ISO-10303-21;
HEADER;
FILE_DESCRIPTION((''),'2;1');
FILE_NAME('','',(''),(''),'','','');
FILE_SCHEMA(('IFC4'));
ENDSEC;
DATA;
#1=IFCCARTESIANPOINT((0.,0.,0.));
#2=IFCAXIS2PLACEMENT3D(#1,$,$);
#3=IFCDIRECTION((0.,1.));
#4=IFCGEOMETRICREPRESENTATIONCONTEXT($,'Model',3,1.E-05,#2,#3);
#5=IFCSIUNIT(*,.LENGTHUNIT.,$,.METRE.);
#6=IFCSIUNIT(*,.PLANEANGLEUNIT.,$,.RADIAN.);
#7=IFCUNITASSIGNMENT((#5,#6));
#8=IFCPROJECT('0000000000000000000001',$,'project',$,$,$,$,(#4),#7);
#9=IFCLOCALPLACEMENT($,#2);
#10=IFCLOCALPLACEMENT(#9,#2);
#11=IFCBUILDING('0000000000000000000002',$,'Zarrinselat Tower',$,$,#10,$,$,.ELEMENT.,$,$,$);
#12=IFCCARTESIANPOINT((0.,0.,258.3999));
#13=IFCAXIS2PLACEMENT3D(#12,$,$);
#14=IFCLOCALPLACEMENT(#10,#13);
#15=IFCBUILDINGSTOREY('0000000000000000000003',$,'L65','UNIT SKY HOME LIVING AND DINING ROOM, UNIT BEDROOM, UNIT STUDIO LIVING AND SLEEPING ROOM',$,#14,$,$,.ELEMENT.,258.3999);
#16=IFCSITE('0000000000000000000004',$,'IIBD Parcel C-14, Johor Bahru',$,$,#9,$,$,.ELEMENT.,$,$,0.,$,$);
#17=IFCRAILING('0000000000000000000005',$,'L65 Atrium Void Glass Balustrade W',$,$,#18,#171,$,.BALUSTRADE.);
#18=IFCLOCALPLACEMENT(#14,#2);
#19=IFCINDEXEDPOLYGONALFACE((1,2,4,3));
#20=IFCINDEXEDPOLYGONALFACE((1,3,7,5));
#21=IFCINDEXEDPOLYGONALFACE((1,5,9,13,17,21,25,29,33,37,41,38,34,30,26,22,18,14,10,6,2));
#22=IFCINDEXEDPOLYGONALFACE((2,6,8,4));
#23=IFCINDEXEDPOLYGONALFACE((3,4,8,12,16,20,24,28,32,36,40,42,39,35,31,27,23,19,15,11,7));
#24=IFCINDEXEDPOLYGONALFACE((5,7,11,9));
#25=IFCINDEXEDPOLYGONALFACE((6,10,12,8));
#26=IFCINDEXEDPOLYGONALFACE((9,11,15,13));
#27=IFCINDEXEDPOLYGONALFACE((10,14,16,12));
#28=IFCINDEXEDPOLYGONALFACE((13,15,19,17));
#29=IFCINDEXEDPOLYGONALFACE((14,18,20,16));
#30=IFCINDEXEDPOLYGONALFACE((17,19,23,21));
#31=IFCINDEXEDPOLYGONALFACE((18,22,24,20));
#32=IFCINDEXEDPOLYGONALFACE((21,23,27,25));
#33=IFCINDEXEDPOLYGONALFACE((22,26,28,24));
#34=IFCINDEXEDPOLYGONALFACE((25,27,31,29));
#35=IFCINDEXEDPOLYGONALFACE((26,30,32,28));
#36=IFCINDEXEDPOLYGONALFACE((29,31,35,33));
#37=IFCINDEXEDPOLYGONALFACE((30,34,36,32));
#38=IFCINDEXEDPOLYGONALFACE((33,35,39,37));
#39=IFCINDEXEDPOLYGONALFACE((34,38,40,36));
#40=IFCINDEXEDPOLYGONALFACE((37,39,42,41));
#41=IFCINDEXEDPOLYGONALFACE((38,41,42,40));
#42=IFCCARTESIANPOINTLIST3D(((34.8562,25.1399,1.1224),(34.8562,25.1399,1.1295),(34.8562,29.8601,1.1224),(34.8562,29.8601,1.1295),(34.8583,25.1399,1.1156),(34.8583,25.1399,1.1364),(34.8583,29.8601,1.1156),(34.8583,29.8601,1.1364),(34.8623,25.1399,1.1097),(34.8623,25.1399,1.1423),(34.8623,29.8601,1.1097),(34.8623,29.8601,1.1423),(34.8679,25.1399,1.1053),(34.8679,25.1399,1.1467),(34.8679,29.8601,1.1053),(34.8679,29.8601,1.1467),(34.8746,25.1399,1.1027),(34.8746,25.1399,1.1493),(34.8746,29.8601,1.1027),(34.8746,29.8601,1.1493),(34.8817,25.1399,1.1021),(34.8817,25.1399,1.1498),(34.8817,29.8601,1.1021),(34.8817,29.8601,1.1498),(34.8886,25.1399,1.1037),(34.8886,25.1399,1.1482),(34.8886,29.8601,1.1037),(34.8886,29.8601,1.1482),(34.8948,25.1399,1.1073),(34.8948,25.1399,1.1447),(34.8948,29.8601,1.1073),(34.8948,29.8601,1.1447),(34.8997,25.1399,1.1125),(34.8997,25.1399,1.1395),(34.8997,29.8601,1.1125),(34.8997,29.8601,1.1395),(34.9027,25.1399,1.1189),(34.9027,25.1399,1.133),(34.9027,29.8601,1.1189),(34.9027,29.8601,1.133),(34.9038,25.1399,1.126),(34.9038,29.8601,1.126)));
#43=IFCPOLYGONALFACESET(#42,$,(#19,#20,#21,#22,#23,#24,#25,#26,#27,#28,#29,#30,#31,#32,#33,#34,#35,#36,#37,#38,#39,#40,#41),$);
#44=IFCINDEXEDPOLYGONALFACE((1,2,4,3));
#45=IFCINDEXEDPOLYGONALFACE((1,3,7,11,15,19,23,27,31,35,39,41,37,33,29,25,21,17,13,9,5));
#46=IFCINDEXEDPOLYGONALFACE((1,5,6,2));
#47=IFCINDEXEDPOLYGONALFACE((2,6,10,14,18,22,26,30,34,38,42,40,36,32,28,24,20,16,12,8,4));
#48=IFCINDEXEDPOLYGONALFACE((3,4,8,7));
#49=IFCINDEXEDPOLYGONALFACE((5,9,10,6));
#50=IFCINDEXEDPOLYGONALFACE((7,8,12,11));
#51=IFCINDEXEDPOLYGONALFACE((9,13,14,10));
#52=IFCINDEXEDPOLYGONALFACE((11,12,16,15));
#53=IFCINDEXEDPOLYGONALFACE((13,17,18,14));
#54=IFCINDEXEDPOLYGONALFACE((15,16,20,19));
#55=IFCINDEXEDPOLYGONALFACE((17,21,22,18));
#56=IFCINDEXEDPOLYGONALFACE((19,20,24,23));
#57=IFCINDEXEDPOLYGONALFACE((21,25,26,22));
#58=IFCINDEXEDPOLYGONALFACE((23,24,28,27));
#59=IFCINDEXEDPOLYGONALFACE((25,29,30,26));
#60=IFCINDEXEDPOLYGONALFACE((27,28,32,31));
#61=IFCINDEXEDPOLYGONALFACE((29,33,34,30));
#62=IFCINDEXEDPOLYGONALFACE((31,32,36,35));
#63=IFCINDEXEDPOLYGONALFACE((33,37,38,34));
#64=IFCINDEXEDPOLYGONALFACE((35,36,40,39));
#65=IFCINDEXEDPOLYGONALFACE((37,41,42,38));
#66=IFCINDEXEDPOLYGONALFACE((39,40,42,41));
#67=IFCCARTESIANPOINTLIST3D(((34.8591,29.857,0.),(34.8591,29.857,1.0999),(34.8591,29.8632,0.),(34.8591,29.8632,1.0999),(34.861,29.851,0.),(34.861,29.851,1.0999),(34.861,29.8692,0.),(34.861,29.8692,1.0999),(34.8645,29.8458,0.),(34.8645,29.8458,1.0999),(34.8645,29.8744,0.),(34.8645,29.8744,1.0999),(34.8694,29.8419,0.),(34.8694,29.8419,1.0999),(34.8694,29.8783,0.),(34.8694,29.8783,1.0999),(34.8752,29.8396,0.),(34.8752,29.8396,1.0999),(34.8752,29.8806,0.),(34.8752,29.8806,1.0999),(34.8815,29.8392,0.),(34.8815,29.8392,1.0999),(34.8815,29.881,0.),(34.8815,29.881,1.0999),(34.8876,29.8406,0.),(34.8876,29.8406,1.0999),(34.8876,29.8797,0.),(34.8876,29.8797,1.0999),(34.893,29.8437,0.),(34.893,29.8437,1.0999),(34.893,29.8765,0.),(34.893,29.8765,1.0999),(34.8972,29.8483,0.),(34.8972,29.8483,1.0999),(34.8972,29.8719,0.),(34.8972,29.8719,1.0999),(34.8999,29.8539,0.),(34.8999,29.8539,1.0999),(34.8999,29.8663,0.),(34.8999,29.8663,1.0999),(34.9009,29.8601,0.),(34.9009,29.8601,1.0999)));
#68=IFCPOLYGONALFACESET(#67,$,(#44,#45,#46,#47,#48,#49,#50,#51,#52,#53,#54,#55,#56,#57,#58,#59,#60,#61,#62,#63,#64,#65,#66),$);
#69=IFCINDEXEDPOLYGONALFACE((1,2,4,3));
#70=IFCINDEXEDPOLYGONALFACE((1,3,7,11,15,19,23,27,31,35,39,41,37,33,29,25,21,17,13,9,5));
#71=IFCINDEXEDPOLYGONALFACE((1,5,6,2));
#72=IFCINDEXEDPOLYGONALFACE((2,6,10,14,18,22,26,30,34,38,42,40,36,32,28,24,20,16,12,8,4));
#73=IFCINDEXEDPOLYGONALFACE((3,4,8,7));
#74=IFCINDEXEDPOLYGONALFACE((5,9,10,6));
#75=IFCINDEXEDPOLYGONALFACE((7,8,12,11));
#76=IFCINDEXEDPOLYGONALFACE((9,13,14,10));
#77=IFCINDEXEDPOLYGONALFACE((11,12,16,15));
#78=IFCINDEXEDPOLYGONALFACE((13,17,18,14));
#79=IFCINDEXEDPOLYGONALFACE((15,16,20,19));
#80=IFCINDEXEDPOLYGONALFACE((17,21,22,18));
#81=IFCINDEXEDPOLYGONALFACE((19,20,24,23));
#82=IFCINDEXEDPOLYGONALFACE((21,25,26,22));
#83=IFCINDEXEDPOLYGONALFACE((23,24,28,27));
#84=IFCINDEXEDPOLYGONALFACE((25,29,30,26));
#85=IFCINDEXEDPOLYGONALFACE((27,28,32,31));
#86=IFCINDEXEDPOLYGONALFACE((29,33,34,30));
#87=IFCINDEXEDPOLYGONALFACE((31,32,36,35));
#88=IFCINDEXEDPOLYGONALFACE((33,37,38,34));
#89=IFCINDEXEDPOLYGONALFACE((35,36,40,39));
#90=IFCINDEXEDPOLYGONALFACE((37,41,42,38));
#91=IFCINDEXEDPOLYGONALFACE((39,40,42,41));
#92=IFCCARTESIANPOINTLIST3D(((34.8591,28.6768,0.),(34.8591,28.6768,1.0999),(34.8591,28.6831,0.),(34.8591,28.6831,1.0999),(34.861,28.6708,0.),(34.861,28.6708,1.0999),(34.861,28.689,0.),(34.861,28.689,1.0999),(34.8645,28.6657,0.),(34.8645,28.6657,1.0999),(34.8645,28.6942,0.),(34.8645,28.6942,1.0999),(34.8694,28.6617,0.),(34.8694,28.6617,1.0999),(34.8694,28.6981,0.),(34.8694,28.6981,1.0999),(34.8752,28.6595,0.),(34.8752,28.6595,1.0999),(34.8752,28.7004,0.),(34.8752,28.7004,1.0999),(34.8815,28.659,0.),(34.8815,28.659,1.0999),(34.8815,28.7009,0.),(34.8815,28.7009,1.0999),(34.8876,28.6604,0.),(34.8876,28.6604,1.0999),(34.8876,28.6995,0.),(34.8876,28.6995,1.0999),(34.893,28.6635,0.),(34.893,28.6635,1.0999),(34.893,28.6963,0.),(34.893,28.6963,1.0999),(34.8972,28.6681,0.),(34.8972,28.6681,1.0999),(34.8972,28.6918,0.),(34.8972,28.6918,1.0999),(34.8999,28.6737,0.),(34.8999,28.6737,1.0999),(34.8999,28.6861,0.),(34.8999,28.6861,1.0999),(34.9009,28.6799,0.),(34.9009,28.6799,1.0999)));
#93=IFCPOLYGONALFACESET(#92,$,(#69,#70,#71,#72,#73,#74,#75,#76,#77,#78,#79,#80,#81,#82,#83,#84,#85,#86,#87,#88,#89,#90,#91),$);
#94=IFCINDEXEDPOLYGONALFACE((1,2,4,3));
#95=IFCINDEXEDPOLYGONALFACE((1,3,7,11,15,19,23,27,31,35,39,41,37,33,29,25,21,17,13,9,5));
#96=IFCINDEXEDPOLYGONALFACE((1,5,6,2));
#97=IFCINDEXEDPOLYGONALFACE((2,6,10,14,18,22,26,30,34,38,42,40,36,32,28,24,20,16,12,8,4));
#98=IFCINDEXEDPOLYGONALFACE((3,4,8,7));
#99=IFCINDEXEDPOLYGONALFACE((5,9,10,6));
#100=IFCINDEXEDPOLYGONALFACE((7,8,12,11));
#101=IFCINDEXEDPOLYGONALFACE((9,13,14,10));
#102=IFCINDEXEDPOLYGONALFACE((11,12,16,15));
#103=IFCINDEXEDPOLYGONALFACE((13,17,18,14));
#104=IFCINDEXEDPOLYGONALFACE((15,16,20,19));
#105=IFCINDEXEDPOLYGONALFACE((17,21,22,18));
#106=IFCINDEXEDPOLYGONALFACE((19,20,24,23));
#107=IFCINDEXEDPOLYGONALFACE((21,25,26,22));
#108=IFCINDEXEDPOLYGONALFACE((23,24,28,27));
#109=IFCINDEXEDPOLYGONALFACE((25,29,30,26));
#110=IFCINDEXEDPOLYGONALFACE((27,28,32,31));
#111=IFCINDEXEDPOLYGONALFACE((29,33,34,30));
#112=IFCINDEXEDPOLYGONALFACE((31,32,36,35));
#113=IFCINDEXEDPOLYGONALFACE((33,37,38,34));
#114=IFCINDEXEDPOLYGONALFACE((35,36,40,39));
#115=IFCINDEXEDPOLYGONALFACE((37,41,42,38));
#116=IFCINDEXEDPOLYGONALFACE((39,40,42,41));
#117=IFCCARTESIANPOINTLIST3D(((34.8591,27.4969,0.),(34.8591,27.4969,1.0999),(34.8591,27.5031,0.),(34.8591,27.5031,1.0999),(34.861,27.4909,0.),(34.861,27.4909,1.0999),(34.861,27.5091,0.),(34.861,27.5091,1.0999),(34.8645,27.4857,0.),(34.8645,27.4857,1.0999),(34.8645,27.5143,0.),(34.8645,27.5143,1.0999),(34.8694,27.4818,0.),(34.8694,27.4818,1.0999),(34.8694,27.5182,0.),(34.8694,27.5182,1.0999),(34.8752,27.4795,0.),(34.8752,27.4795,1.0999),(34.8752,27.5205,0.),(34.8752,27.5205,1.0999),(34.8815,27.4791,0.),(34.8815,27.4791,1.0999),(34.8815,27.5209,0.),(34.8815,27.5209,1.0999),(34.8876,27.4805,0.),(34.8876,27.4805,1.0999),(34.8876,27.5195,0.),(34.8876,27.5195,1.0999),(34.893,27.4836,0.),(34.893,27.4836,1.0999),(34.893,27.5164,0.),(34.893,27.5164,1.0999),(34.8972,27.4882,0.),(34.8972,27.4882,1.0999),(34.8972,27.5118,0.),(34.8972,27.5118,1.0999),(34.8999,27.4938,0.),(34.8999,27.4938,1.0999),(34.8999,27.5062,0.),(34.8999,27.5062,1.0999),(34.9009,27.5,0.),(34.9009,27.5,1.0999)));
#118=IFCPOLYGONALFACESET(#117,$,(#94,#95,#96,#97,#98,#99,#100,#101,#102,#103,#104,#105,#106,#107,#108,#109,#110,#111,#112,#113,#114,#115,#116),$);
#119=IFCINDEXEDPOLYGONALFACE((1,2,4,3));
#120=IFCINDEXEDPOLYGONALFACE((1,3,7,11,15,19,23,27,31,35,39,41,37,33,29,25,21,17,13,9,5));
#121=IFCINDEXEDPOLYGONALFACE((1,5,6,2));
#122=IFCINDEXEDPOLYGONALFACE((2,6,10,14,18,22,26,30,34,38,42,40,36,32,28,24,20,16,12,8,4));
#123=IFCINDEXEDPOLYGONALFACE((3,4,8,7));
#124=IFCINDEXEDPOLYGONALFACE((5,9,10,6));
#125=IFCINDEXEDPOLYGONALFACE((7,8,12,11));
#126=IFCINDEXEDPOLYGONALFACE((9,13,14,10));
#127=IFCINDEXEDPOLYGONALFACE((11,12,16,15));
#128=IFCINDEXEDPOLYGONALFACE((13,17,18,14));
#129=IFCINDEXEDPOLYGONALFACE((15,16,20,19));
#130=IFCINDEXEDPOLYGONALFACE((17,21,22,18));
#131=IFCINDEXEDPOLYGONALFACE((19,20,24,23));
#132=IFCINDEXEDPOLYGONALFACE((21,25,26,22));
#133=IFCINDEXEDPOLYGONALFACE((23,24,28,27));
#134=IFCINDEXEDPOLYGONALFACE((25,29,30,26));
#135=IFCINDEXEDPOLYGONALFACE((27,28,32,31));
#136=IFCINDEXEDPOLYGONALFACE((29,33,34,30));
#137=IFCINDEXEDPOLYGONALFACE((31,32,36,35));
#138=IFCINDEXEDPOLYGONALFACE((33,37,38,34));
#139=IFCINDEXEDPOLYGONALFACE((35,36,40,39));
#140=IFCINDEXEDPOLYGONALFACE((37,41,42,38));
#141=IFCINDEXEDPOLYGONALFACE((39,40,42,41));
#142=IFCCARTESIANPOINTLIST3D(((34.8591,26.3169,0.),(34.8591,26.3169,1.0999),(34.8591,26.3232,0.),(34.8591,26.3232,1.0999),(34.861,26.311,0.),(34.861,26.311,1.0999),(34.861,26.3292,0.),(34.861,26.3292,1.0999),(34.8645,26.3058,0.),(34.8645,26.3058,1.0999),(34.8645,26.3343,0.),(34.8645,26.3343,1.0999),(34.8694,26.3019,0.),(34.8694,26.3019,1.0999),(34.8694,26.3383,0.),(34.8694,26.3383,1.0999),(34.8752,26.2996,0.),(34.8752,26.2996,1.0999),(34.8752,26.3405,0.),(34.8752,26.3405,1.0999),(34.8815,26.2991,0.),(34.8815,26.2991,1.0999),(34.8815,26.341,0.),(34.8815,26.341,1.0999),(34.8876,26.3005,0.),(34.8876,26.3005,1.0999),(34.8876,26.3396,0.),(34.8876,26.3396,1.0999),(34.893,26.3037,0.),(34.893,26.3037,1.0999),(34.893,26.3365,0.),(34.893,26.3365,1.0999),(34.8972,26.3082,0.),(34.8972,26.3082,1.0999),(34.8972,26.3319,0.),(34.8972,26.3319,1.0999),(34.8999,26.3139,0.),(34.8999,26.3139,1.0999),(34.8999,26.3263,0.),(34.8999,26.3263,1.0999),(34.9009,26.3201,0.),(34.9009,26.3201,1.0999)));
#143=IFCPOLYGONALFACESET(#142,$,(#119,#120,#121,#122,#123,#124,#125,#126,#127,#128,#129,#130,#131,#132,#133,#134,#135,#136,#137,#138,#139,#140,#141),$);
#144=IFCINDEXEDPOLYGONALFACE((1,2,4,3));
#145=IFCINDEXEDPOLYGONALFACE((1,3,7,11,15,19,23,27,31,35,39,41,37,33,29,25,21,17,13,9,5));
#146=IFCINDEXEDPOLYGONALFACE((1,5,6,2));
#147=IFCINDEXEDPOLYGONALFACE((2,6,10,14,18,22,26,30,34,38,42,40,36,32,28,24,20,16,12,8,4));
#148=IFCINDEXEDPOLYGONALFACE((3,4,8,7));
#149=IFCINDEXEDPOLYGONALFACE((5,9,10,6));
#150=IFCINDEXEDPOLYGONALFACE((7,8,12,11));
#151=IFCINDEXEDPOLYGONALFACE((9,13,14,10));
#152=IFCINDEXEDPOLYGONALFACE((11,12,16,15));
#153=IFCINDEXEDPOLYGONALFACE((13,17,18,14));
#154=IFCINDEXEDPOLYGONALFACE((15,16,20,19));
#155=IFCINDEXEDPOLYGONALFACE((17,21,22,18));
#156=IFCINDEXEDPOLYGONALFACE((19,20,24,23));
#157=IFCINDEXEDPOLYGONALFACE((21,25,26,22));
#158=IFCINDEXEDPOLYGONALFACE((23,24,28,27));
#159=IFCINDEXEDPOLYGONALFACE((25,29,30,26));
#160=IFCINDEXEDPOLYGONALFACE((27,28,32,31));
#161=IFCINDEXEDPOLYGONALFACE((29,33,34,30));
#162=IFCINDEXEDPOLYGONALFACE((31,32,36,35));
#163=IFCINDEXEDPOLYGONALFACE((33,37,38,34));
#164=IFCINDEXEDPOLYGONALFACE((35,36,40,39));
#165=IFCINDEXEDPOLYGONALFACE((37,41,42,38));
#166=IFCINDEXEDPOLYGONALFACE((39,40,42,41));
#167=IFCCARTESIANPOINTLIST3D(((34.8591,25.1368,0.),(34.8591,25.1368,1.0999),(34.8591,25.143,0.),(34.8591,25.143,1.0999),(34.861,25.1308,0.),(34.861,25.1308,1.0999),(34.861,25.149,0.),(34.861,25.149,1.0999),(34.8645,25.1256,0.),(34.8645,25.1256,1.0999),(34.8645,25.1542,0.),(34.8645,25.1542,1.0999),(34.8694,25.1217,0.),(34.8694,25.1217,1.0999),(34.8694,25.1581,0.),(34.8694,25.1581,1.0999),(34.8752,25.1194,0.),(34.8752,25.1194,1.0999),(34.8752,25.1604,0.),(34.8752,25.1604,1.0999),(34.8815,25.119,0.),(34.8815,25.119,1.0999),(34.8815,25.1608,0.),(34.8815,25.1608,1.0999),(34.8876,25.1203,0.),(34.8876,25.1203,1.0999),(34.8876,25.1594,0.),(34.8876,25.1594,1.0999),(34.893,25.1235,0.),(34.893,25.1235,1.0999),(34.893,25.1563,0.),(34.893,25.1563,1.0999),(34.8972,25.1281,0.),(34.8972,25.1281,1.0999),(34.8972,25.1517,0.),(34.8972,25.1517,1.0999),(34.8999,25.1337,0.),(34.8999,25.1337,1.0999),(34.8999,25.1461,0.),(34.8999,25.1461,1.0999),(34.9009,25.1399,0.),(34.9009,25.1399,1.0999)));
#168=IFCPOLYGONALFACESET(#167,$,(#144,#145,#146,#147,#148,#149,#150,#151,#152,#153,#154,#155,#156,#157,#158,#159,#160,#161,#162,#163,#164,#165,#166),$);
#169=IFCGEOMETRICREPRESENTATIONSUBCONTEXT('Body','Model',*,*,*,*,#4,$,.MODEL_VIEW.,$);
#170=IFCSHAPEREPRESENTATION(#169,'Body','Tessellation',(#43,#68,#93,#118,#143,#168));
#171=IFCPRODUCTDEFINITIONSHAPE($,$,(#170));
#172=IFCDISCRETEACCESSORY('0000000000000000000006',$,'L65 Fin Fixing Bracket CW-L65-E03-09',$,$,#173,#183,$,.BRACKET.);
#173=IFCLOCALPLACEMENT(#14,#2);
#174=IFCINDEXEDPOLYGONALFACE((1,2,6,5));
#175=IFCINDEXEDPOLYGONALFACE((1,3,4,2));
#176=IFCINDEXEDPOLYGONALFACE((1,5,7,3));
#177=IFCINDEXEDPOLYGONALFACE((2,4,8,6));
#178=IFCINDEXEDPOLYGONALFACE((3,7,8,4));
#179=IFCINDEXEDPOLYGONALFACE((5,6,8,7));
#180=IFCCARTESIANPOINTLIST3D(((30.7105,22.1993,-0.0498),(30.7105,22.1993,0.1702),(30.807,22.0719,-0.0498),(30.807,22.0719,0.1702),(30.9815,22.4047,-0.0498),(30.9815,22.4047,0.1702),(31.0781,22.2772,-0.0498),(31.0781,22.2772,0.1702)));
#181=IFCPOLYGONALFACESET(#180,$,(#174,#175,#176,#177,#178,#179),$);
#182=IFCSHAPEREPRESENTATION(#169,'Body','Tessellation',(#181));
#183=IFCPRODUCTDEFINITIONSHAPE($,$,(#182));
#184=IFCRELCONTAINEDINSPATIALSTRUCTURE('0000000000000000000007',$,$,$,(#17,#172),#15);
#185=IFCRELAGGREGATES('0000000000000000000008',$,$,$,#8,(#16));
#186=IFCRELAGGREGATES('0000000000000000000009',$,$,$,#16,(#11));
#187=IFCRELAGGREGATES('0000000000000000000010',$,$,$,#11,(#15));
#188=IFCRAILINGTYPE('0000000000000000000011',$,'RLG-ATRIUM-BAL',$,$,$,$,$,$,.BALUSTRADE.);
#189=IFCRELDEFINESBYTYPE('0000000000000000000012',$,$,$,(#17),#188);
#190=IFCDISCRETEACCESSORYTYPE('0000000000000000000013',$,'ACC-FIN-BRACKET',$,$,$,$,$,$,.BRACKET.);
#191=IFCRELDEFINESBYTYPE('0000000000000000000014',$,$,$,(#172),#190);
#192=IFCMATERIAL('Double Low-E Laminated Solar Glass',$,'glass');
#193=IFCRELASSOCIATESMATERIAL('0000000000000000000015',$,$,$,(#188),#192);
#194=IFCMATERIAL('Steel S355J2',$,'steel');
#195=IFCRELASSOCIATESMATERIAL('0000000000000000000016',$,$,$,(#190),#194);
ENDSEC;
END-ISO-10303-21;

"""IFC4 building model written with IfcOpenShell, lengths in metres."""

from ifc_helpers import new_model, si_unit, direction, frame, origin, origin_2d, place, context, subcontext, project, spatial, rectangle, circle, extrude, material, type_object, element, save


model = new_model("IFC4")

# Units and contexts
model_context = context("Model", 3, precision=1e-05, world=origin(), true_north=direction((0.0, 1.0)))
body_context = subcontext(model_context, "Body", "Model", "MODEL_VIEW")
ifc_project = project(units=[si_unit("LENGTHUNIT", "METRE"), si_unit("PLANEANGLEUNIT", "RADIAN")], contexts=[model_context])

# Site, building, storey
site_placement = place(None, origin())
site = spatial("IfcSite", under=ifc_project, at=site_placement, Name="IIBD Parcel C-14, Johor Bahru", CompositionType="ELEMENT", RefElevation=0.0)
building_placement = place(site_placement, origin())
building = spatial("IfcBuilding", under=site, at=building_placement, Name="Zarrinselat Tower", CompositionType="ELEMENT")
storey_placement = place(building_placement, frame((0.0, 0.0, 258.3999)))
storey = spatial("IfcBuildingStorey", under=building, at=storey_placement, Name="L65", Description="UNIT SKY HOME LIVING AND DINING ROOM, UNIT BEDROOM, UNIT STUDIO LIVING AND SLEEPING ROOM", CompositionType="ELEMENT", Elevation=258.3999)

# Railing
ifc_material_1 = material(Name="Double Low-E Laminated Solar Glass", Category="glass")
railing_type = type_object("IfcRailingType", Name="RLG-ATRIUM-BAL", PredefinedType="BALUSTRADE", material=ifc_material_1)
railing_1_placement = place(storey_placement, frame((34.8799, 29.8601, 0.0)))
element("IfcRailing", 1, at=railing_1_placement, inside=storey, type_object=railing_type, Name="L65 Atrium Void Glass Balustrade W", PredefinedType="BALUSTRADE", context=body_context, shape_type="SweptSolid", body=[
    extrude(circle(Radius=0.0239, at=origin_2d()), frame((0.0, 0.0, 1.126), z_axis=(0.0, -1.0, 0.0), x_axis=(1.0, 0.0, 0.0)), (0.0, 0.0, 1.0), 4.7202),
    extrude(circle(Radius=0.021, at=origin_2d()), origin(), (0.0, 0.0, 1.0), 1.0999),
    extrude(circle(Radius=0.021, at=origin_2d()), frame((0.0, -1.1802, 0.0)), (0.0, 0.0, 1.0), 1.0999),
    extrude(circle(Radius=0.021, at=origin_2d()), frame((0.0, -2.3601, 0.0)), (0.0, 0.0, 1.0), 1.0999),
    extrude(circle(Radius=0.021, at=origin_2d()), frame((0.0, -3.54, 0.0)), (0.0, 0.0, 1.0), 1.0999),
    extrude(circle(Radius=0.021, at=origin_2d()), frame((0.0, -4.7202, 0.0)), (0.0, 0.0, 1.0), 1.0999),
])

# Discrete accessory
ifc_material_2 = material(Name="Steel S355J2", Category="steel")
discrete_accessory_type = type_object("IfcDiscreteAccessoryType", Name="ACC-FIN-BRACKET", PredefinedType="BRACKET", material=ifc_material_2)
discrete_accessory_placement = place(storey_placement, frame((30.8943, 22.2383, -0.0498), z_axis=(0.0, 0.0, 1.0), x_axis=(-0.797092, -0.603858, 0.0)))
element("IfcDiscreteAccessory", 2, at=discrete_accessory_placement, inside=storey, type_object=discrete_accessory_type, Name="L65 Fin Fixing Bracket CW-L65-E03-09", PredefinedType="BRACKET", context=body_context, shape_type="SweptSolid", body=[
    extrude(rectangle(XDim=0.3401, YDim=0.1599, at=origin_2d()), origin(), (0.0, 0.0, 1.0), 0.22),
])

save(model, "model.ifc")
